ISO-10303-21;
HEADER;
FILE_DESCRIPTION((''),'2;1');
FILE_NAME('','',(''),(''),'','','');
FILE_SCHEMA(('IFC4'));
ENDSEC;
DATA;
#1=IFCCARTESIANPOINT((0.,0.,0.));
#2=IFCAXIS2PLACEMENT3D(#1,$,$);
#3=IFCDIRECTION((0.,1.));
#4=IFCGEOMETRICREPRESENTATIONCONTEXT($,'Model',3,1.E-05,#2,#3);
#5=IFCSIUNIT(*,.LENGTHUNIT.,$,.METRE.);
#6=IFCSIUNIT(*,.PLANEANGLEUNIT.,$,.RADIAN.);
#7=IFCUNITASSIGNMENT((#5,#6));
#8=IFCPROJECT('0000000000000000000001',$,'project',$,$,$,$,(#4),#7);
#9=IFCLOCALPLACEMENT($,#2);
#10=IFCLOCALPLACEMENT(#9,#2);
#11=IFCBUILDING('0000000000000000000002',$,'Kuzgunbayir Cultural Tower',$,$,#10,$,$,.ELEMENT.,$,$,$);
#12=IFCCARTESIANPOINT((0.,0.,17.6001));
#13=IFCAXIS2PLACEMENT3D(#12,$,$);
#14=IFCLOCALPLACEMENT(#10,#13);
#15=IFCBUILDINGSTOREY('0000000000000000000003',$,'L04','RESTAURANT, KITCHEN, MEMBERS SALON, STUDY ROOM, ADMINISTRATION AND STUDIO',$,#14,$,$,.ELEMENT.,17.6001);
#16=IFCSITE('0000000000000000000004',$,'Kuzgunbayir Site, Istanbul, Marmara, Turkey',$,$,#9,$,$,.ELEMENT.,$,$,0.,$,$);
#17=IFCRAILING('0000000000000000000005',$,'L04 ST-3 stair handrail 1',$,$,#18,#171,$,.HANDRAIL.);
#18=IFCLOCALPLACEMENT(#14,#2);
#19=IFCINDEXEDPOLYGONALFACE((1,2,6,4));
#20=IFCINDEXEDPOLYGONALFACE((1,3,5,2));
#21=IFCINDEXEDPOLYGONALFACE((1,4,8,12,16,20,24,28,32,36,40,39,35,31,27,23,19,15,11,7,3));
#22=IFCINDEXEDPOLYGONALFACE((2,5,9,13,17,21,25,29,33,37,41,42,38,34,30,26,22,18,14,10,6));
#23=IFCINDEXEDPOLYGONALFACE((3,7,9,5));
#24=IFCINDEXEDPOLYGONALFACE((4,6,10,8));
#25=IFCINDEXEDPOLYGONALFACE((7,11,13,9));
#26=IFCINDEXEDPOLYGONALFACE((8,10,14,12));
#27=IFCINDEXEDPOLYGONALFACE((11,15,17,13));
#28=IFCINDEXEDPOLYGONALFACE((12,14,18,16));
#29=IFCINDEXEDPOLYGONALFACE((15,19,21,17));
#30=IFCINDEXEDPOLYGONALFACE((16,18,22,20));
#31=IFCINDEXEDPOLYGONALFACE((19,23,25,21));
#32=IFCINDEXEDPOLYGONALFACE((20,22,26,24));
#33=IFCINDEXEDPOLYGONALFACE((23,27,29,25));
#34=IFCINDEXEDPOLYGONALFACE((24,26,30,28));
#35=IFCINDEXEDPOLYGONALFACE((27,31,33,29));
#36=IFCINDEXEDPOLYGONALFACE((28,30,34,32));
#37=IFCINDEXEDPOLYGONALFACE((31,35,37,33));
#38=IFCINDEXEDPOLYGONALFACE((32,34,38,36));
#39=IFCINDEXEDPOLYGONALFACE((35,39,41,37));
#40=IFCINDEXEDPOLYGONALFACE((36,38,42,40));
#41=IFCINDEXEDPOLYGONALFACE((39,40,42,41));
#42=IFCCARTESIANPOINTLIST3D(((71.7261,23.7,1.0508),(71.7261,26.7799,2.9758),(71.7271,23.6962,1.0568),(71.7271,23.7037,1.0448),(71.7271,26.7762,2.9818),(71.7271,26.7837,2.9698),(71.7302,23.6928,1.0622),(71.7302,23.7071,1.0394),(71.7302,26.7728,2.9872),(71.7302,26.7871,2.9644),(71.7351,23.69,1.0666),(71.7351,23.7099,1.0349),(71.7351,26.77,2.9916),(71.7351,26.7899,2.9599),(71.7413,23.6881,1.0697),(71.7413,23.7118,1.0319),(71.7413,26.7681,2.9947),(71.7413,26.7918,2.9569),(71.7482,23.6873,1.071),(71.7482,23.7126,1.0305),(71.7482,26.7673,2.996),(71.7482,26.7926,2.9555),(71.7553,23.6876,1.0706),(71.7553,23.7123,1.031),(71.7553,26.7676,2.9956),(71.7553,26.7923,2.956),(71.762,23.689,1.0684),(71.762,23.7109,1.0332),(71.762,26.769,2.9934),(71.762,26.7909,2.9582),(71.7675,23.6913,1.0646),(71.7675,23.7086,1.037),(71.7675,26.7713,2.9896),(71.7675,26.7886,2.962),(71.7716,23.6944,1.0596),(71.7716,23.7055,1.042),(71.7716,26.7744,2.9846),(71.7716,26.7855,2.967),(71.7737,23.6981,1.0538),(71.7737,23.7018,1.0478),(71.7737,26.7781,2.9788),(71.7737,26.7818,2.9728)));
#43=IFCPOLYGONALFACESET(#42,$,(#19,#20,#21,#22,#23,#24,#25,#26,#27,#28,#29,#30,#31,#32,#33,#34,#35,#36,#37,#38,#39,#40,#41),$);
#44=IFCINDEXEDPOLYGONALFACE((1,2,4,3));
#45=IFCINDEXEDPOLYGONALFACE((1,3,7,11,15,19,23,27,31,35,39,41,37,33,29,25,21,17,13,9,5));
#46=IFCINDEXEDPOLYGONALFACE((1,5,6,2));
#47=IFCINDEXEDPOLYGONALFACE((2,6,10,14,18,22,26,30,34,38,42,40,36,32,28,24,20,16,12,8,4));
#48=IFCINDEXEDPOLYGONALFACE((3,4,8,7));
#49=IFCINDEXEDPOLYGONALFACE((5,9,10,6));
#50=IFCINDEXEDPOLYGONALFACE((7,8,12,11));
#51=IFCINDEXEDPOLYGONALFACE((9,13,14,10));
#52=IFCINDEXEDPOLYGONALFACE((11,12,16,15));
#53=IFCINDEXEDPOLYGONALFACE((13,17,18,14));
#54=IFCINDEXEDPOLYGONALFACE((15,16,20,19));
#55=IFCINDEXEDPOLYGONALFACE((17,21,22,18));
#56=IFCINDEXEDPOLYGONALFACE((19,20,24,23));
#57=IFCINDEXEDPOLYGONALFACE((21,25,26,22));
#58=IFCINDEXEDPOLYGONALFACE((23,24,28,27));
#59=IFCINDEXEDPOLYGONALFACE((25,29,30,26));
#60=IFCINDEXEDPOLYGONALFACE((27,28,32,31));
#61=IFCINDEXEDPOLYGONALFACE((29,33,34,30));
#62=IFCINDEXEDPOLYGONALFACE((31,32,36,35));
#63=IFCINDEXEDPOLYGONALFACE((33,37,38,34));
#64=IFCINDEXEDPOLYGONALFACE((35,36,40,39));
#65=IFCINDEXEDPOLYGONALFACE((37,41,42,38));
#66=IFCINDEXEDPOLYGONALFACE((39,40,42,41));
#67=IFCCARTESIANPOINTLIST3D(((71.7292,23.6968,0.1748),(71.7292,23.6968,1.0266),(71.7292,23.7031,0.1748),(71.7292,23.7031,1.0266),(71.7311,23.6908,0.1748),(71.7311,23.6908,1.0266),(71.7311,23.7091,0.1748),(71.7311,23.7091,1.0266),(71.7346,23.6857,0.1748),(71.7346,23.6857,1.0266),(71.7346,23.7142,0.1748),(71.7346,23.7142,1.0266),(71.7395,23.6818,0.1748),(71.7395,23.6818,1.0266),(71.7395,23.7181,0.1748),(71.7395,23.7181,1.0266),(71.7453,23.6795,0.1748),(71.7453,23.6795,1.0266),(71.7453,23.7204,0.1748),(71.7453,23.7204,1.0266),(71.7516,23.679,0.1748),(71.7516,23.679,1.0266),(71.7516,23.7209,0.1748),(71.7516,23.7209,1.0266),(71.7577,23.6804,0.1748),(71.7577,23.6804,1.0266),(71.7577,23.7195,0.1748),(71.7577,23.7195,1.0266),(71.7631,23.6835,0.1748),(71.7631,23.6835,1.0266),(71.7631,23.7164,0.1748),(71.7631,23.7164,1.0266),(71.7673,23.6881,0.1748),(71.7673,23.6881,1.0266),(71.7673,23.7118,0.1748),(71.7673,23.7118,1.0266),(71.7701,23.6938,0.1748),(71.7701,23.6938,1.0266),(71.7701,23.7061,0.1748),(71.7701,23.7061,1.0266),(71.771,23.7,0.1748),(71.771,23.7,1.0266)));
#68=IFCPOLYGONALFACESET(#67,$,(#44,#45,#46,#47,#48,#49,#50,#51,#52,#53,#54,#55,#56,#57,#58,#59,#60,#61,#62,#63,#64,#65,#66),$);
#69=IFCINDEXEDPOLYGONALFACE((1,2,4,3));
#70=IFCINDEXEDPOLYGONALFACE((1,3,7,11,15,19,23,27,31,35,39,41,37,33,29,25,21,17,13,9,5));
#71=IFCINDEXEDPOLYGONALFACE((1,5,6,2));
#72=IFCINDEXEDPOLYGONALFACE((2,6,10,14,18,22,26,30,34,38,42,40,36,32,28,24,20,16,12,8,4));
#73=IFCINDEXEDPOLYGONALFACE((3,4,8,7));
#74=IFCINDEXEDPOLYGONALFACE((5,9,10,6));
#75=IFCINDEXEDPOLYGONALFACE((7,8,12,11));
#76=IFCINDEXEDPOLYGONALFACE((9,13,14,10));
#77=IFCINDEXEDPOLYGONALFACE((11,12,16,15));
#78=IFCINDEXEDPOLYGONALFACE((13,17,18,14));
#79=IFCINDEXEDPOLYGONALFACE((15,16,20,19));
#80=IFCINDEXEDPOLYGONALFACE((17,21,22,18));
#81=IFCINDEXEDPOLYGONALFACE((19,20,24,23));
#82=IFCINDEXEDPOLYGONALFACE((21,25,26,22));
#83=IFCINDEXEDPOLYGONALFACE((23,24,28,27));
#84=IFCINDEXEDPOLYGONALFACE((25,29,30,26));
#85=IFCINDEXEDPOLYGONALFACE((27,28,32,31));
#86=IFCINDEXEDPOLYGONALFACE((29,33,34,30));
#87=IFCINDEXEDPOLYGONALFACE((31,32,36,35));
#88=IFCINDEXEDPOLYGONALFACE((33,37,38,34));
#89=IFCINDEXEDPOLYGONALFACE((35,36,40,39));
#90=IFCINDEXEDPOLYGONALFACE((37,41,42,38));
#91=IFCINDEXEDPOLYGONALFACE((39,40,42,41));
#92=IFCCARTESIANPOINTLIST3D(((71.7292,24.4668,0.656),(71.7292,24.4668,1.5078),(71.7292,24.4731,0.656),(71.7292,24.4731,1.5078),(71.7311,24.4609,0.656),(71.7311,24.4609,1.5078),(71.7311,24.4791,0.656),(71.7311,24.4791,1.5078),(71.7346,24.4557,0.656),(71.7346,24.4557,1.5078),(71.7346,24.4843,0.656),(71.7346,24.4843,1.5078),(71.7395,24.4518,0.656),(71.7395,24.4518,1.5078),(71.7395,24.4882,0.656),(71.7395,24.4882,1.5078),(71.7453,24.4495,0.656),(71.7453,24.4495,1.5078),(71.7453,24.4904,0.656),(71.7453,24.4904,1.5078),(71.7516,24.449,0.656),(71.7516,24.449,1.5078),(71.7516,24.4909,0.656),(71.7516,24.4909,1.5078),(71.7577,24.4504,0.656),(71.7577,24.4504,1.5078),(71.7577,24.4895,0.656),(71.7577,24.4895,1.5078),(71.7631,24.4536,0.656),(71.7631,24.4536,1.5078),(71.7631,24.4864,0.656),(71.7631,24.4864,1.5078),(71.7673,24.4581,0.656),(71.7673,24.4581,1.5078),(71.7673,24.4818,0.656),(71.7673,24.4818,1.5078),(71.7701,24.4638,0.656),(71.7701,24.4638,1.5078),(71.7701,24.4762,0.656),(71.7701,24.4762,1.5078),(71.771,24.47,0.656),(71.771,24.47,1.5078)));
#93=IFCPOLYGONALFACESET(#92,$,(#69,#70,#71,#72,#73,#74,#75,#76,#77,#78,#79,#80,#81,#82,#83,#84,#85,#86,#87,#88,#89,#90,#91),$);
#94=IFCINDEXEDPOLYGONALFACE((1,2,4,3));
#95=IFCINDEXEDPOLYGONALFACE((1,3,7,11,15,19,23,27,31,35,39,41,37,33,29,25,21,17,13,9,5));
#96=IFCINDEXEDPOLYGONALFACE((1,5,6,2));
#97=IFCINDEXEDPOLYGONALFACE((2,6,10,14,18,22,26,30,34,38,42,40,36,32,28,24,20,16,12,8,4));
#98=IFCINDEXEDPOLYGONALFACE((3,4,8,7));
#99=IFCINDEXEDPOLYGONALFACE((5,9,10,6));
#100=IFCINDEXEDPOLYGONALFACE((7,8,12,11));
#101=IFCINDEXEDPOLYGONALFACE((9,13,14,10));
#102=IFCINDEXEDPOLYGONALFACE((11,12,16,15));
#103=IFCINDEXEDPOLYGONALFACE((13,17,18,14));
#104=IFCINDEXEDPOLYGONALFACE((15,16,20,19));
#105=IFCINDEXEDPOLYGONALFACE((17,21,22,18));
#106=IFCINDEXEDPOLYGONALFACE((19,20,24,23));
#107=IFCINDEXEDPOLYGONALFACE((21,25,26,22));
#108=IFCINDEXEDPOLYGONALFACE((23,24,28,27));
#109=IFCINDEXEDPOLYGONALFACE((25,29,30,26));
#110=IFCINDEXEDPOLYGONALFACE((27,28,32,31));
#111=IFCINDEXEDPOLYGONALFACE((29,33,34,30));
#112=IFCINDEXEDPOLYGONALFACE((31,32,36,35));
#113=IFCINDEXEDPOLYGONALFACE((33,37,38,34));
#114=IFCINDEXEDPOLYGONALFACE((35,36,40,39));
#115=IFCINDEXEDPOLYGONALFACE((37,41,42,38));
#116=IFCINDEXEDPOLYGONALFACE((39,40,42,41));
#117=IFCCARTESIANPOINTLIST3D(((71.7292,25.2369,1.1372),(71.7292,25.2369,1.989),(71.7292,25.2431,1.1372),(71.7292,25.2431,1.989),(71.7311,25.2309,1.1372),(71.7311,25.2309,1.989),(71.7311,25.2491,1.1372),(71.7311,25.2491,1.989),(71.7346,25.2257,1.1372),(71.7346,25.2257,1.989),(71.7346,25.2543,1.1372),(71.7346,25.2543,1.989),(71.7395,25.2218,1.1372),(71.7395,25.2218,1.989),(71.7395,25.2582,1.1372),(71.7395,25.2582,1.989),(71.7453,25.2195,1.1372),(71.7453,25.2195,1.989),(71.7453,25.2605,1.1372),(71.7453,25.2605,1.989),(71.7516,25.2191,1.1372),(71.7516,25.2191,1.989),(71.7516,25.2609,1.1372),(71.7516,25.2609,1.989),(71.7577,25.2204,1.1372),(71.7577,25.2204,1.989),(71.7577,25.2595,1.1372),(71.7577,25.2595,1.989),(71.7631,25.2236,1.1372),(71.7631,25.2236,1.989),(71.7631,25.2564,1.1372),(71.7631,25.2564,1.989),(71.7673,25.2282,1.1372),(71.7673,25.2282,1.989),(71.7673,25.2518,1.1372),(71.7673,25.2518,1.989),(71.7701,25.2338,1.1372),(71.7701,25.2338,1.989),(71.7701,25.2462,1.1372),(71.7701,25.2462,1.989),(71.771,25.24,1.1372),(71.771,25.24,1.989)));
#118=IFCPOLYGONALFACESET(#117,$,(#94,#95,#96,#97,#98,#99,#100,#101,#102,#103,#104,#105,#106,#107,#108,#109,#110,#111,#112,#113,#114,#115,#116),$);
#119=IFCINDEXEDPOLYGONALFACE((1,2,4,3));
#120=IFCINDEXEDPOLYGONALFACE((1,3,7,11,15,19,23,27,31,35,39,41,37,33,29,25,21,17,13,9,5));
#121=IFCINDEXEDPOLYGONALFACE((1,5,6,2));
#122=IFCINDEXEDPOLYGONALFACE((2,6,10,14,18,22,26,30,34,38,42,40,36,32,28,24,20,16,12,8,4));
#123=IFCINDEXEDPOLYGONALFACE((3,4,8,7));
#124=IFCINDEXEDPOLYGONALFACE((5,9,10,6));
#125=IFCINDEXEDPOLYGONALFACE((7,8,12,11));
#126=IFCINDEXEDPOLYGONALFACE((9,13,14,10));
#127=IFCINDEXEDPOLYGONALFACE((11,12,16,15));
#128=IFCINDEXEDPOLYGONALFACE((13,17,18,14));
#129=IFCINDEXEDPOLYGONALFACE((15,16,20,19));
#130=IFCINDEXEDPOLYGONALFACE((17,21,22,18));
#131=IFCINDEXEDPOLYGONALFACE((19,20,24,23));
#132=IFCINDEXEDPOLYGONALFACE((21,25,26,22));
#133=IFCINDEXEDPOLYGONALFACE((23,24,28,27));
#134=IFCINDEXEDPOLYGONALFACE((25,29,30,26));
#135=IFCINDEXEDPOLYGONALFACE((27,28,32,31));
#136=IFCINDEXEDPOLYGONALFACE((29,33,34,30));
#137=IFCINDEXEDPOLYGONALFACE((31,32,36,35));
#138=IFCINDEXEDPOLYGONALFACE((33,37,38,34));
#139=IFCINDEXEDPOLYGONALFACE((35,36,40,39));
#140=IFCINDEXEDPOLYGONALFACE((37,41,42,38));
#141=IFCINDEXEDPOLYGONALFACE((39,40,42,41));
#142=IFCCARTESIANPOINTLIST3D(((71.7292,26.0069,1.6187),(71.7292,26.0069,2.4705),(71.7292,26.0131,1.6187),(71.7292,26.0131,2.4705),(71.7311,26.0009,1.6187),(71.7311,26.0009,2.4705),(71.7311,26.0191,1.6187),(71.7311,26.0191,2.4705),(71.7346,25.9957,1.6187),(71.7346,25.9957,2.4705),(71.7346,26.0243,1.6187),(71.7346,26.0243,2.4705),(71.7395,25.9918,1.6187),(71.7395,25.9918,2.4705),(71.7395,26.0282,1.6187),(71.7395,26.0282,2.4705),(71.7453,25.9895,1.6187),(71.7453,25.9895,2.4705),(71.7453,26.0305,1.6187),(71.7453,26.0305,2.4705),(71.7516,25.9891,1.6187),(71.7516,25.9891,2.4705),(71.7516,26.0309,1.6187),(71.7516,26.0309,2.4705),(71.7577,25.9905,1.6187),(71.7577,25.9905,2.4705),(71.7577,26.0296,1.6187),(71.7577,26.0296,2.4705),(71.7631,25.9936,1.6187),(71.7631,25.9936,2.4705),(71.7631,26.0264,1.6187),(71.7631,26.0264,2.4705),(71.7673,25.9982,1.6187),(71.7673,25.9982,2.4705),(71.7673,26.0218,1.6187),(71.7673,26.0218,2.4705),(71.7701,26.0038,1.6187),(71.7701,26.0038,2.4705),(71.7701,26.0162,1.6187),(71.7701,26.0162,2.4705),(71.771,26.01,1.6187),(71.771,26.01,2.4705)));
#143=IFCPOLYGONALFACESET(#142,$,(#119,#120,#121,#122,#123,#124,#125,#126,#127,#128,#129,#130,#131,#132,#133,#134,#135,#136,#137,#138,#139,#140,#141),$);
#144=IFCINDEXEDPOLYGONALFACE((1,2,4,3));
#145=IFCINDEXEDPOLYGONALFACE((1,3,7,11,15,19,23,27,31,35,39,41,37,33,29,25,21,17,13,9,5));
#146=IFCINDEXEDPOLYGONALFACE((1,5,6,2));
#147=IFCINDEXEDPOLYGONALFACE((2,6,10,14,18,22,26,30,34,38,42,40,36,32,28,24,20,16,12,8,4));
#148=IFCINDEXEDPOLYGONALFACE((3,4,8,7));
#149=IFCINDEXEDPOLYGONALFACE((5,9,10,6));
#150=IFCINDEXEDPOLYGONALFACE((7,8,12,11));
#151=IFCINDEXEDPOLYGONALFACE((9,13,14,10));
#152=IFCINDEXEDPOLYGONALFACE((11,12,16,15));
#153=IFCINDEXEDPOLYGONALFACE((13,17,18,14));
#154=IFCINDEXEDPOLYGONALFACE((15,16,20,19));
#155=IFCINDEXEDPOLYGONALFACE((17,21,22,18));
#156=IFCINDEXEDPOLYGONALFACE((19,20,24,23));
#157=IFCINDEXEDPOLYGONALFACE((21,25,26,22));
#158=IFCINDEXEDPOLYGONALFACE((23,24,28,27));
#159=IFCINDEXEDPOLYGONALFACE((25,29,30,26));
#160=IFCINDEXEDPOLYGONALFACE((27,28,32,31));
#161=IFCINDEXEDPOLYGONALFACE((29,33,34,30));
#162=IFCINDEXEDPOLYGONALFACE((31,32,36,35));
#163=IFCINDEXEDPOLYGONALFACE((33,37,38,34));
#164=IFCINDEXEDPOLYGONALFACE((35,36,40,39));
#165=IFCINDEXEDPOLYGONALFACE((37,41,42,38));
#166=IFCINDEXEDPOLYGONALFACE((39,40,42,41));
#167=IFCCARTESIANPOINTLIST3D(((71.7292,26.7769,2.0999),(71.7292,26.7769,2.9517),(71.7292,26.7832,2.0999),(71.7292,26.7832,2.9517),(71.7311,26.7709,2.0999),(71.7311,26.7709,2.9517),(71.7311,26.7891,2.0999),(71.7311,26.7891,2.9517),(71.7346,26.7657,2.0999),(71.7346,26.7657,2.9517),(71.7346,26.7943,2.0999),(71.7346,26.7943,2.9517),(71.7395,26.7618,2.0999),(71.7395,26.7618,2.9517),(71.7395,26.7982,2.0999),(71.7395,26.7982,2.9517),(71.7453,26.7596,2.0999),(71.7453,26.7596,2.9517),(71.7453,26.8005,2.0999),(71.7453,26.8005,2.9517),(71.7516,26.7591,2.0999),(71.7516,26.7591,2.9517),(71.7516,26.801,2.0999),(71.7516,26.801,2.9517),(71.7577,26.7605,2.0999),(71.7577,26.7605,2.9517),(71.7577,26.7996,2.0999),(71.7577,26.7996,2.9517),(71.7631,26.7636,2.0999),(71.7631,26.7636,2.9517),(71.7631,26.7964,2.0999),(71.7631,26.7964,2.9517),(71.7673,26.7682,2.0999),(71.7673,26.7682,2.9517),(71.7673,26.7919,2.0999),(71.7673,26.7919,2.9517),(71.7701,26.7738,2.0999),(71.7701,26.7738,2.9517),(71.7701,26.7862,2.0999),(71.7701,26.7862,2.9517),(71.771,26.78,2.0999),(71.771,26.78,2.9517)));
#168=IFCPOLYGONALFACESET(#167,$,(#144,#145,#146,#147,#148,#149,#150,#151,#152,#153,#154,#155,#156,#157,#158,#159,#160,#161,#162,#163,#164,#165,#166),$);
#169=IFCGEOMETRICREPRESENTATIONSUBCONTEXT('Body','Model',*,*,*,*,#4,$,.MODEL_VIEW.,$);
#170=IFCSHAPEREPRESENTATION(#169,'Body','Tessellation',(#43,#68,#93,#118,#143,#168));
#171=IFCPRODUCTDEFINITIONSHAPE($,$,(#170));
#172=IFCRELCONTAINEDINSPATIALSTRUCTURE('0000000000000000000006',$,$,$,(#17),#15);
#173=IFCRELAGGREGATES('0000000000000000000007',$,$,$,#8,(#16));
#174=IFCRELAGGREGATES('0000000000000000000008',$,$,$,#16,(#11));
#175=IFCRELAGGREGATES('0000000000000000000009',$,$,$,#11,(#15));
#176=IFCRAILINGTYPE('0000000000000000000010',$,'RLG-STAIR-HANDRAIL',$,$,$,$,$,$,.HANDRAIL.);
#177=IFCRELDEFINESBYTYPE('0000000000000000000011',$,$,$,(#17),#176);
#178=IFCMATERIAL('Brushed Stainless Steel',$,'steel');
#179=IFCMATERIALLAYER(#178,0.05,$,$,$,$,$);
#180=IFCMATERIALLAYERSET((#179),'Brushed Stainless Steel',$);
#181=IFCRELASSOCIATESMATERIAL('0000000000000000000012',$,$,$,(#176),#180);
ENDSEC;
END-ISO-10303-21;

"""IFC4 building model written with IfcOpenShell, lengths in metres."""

from ifc_helpers import new_model, si_unit, direction, frame, origin, origin_2d, place, context, subcontext, project, spatial, circle, extrude, material, layer, layer_set, type_object, element, save


model = new_model("IFC4")

# Units and contexts
model_context = context("Model", 3, precision=1e-05, world=origin(), true_north=direction((0.0, 1.0)))
body_context = subcontext(model_context, "Body", "Model", "MODEL_VIEW")
ifc_project = project(units=[si_unit("LENGTHUNIT", "METRE"), si_unit("PLANEANGLEUNIT", "RADIAN")], contexts=[model_context])

# Site, building, storey
site_placement = place(None, origin())
site = spatial("IfcSite", under=ifc_project, at=site_placement, Name="Kuzgunbayir Site, Istanbul, Marmara, Turkey", CompositionType="ELEMENT", RefElevation=0.0)
building_placement = place(site_placement, origin())
building = spatial("IfcBuilding", under=site, at=building_placement, Name="Kuzgunbayir Cultural Tower", CompositionType="ELEMENT")
storey_placement = place(building_placement, frame((0.0, 0.0, 17.6001)))
storey = spatial("IfcBuildingStorey", under=building, at=storey_placement, Name="L04", Description="RESTAURANT, KITCHEN, MEMBERS SALON, STUDY ROOM, ADMINISTRATION AND STUDIO", CompositionType="ELEMENT", Elevation=17.6001)

# Railing
ifc_material_1 = material(Name="Brushed Stainless Steel", Category="steel")
ifc_layer_1 = layer(ifc_material_1, 0.05)
ifc_layer_set_1 = layer_set([ifc_layer_1], Name="Brushed Stainless Steel")
railing_type_1 = type_object("IfcRailingType", Name="RLG-STAIR-HANDRAIL", PredefinedType="HANDRAIL", material=ifc_layer_set_1)
railing_1_placement = place(storey_placement, frame((71.75, 23.7, 0.1748)))
element("IfcRailing", 1, at=railing_1_placement, inside=storey, type_object=railing_type_1, Name="L04 ST-3 stair handrail 1", PredefinedType="HANDRAIL", context=body_context, shape_type="SweptSolid", body=[
    extrude(circle(Radius=0.0239, at=origin_2d()), frame((0.0, 0.0, 0.876), z_axis=(0.0, 0.847998, 0.529999), x_axis=(-1.0, 0.0, 0.0)), (0.0, 0.0, 1.0), 3.6321),
    extrude(circle(Radius=0.021, at=origin_2d()), origin(), (0.0, 0.0, 1.0), 0.8518),
    extrude(circle(Radius=0.021, at=origin_2d()), frame((0.0, 0.77, 0.4812)), (0.0, 0.0, 1.0), 0.8518),
    extrude(circle(Radius=0.021, at=origin_2d()), frame((0.0, 1.54, 0.9624)), (0.0, 0.0, 1.0), 0.8518),
    extrude(circle(Radius=0.021, at=origin_2d()), frame((0.0, 2.3101, 1.4438)), (0.0, 0.0, 1.0), 0.8518),
    extrude(circle(Radius=0.021, at=origin_2d()), frame((0.0, 3.0801, 1.925)), (0.0, 0.0, 1.0), 0.8518),
])

save(model, "model.ifc")
